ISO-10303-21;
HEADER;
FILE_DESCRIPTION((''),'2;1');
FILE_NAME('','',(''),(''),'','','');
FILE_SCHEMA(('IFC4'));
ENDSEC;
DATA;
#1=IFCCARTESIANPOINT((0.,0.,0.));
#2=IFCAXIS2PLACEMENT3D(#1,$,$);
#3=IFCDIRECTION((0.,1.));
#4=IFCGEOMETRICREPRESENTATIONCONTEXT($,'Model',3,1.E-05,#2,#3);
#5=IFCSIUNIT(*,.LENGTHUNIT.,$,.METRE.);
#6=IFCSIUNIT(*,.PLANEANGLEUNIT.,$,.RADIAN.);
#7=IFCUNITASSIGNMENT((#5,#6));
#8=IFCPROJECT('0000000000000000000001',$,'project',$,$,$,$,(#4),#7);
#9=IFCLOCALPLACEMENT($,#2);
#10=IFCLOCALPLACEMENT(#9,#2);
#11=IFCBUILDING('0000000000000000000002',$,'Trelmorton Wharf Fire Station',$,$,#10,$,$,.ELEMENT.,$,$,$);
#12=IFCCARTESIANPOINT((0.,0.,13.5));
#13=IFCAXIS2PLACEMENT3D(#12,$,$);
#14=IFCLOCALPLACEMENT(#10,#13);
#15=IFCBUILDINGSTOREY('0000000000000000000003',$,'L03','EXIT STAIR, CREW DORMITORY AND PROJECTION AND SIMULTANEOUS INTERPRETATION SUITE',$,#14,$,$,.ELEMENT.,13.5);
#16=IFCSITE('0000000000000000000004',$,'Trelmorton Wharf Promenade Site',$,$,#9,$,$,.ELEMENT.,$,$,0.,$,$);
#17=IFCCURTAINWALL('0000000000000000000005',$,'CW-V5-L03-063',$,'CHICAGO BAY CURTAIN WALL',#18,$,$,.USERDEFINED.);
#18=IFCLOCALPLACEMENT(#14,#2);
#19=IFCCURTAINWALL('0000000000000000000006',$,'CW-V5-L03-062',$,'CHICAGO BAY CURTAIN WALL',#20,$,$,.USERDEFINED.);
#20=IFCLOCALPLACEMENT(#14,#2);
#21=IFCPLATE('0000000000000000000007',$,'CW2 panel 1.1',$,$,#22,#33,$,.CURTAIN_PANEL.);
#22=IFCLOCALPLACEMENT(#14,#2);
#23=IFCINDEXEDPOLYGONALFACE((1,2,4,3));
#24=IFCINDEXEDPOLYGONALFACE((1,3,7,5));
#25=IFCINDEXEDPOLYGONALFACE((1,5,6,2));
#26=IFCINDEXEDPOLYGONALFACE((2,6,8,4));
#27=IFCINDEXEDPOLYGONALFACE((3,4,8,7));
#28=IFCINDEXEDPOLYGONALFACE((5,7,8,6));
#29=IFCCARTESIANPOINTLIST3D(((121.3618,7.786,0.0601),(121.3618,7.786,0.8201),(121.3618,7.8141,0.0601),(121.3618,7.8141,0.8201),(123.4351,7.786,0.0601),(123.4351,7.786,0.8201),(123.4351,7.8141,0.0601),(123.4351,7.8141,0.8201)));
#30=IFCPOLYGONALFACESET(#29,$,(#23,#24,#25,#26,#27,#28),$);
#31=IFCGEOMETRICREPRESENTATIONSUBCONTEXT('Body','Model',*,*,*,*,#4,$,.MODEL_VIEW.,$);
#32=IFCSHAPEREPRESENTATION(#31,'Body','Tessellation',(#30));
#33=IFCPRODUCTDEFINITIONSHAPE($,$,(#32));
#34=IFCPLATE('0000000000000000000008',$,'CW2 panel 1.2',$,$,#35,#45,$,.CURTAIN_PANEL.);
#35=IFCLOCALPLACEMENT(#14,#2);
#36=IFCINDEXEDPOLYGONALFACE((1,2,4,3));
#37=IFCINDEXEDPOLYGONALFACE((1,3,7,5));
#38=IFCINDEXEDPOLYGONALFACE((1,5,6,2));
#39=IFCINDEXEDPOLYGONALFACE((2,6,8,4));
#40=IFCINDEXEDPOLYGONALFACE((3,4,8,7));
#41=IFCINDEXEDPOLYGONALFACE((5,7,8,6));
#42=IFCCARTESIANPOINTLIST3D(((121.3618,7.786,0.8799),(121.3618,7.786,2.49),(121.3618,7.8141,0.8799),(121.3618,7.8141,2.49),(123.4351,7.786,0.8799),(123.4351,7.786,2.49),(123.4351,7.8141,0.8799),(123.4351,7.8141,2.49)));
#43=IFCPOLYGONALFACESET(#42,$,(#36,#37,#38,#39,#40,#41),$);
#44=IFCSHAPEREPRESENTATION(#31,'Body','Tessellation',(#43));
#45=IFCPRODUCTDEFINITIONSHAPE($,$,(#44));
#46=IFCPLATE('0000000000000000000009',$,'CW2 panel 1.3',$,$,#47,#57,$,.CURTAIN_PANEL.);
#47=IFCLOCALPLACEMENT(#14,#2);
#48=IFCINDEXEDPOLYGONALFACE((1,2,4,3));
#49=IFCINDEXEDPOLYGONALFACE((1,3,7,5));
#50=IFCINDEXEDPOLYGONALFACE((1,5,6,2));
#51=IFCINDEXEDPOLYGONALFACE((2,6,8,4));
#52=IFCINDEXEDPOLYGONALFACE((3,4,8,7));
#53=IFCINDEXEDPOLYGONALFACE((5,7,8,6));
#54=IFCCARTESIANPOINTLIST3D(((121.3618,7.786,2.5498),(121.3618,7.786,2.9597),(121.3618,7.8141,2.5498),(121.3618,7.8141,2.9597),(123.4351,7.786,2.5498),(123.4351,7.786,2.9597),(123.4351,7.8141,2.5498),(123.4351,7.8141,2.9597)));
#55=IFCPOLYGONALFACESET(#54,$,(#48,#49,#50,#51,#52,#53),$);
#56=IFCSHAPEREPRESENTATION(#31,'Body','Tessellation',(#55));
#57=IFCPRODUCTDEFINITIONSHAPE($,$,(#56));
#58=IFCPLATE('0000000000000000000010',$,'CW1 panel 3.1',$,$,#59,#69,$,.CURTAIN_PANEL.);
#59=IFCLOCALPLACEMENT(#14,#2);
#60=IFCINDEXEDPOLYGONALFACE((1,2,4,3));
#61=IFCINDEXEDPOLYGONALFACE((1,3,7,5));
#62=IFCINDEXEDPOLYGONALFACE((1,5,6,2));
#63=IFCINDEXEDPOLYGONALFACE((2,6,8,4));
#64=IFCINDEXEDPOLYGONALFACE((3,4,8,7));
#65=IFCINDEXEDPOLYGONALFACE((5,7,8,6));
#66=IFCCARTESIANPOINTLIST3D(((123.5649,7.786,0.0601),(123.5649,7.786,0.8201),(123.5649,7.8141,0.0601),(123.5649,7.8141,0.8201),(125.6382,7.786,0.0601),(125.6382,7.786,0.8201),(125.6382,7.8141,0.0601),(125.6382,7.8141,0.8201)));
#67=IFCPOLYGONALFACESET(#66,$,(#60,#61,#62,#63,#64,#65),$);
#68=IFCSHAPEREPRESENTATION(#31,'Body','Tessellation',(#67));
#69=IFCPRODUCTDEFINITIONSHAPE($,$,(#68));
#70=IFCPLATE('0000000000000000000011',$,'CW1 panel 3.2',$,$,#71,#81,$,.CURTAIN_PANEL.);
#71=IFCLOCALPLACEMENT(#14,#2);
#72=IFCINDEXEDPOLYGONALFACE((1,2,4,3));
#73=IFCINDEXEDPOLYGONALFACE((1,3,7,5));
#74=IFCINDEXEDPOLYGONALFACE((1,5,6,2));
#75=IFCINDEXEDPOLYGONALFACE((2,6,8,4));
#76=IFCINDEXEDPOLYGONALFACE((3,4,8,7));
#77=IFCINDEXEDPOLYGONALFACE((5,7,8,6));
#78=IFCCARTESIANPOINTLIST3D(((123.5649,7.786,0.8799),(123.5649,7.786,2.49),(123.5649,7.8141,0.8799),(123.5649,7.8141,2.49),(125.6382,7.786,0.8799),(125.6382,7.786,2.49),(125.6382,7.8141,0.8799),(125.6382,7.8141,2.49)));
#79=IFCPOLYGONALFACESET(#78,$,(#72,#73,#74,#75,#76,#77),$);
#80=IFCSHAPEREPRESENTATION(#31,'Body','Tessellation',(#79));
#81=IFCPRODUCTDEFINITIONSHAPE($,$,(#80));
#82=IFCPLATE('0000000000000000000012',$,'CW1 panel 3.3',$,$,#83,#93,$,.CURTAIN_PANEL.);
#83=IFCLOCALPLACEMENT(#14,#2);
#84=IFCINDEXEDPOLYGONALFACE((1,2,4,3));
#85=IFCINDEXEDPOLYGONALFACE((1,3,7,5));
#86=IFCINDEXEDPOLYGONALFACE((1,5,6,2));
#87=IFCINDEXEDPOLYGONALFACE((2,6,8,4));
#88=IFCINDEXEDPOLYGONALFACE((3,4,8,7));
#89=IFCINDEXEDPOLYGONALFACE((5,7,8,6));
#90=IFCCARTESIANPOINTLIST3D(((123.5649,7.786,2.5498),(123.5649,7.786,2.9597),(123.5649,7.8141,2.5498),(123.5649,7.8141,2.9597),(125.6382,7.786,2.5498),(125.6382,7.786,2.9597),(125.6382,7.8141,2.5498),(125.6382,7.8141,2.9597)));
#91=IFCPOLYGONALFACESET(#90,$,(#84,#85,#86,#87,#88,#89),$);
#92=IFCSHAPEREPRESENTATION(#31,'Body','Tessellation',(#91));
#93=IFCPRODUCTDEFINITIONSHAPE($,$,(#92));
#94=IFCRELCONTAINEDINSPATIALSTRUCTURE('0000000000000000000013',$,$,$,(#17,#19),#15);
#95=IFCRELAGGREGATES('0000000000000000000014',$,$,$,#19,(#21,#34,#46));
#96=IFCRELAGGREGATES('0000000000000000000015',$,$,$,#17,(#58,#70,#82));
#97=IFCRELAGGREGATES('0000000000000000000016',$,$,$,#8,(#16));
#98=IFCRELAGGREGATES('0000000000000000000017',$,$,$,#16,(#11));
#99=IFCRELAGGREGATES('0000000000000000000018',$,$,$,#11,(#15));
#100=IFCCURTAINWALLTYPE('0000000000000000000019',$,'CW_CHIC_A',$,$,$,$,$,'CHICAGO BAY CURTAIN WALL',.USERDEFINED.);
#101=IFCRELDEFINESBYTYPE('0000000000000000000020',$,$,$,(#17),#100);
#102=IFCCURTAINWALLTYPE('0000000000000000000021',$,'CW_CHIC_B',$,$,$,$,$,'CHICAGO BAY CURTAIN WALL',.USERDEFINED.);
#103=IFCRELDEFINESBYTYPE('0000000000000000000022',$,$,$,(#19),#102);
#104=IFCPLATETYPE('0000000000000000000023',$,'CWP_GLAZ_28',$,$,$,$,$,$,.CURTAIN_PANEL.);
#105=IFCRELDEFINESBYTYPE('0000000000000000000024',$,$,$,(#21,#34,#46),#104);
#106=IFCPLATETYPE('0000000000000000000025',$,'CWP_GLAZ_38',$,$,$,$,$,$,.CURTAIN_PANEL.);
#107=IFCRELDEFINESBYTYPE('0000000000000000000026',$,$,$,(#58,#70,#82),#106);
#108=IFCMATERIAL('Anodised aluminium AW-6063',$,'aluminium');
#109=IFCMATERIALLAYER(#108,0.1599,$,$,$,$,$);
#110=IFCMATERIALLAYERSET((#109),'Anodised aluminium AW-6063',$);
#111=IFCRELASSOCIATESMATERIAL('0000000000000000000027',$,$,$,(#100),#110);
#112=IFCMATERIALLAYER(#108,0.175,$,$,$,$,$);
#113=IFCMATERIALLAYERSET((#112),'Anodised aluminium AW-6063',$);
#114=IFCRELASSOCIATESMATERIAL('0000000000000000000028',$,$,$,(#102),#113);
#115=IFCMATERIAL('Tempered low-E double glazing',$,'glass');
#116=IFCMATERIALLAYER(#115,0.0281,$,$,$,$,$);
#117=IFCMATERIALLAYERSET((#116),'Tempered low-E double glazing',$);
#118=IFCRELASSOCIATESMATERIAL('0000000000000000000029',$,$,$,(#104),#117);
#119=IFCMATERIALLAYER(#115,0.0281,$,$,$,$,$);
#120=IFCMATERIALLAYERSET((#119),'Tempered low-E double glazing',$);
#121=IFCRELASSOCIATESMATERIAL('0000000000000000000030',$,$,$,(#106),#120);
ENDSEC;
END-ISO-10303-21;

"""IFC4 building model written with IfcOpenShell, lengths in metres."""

from ifc_helpers import new_model, si_unit, direction, frame, origin, origin_2d, place, context, subcontext, project, spatial, rectangle, extrude, material, layer, layer_set, type_object, element, aggregate, save


model = new_model("IFC4")

# Units and contexts
model_context = context("Model", 3, precision=1e-05, world=origin(), true_north=direction((0.0, 1.0)))
body_context = subcontext(model_context, "Body", "Model", "MODEL_VIEW")
ifc_project = project(units=[si_unit("LENGTHUNIT", "METRE"), si_unit("PLANEANGLEUNIT", "RADIAN")], contexts=[model_context])

# Site, building, storey
site_placement = place(None, origin())
site = spatial("IfcSite", under=ifc_project, at=site_placement, Name="Trelmorton Wharf Promenade Site", CompositionType="ELEMENT", RefElevation=0.0)
building_placement = place(site_placement, origin())
building = spatial("IfcBuilding", under=site, at=building_placement, Name="Trelmorton Wharf Fire Station", CompositionType="ELEMENT")
storey_placement = place(building_placement, frame((0.0, 0.0, 13.5)))
storey = spatial("IfcBuildingStorey", under=building, at=storey_placement, Name="L03", Description="EXIT STAIR, CREW DORMITORY AND PROJECTION AND SIMULTANEOUS INTERPRETATION SUITE", CompositionType="ELEMENT", Elevation=13.5)

# Curtain walls
ifc_material_1 = material(Name="Anodised aluminium AW-6063", Category="aluminium")
ifc_layer_1 = layer(ifc_material_1, 0.1599)
ifc_layer_set_1 = layer_set([ifc_layer_1], Name="Anodised aluminium AW-6063")
curtain_wall_type_1 = type_object("IfcCurtainWallType", Name="CW_CHIC_A", ElementType="CHICAGO BAY CURTAIN WALL", PredefinedType="USERDEFINED", material=ifc_layer_set_1)
curtain_wall_1_placement = place(storey_placement, origin())
curtain_wall_1 = element("IfcCurtainWall", 1, at=curtain_wall_1_placement, inside=storey, type_object=curtain_wall_type_1, Name="CW-V5-L03-063", ObjectType="CHICAGO BAY CURTAIN WALL", PredefinedType="USERDEFINED")
ifc_layer_2 = layer(ifc_material_1, 0.175)
ifc_layer_set_2 = layer_set([ifc_layer_2], Name="Anodised aluminium AW-6063")
curtain_wall_type_2 = type_object("IfcCurtainWallType", Name="CW_CHIC_B", ElementType="CHICAGO BAY CURTAIN WALL", PredefinedType="USERDEFINED", material=ifc_layer_set_2)
curtain_wall_2_placement = place(storey_placement, origin())
curtain_wall_2 = element("IfcCurtainWall", 2, at=curtain_wall_2_placement, inside=storey, type_object=curtain_wall_type_2, Name="CW-V5-L03-062", ObjectType="CHICAGO BAY CURTAIN WALL", PredefinedType="USERDEFINED")

# Plates
ifc_material_2 = material(Name="Tempered low-E double glazing", Category="glass")
ifc_layer_3 = layer(ifc_material_2, 0.0281)
ifc_layer_set_3 = layer_set([ifc_layer_3], Name="Tempered low-E double glazing")
plate_type_1 = type_object("IfcPlateType", Name="CWP_GLAZ_28", PredefinedType="CURTAIN_PANEL", material=ifc_layer_set_3)
plate_1_placement = place(storey_placement, frame((122.3984, 7.8, 0.0601), z_axis=(0.0, 0.0, 1.0), x_axis=(-1.0, 0.0, 0.0)))
plate_1 = element("IfcPlate", 3, at=plate_1_placement, type_object=plate_type_1, Name="CW2 panel 1.1", PredefinedType="CURTAIN_PANEL", context=body_context, shape_type="SweptSolid", body=[
    extrude(rectangle(XDim=2.0732, YDim=0.0281, at=origin_2d()), origin(), (0.0, 0.0, 1.0), 0.76),
])
plate_2_placement = place(storey_placement, frame((122.3984, 7.8, 0.8799), z_axis=(0.0, 0.0, 1.0), x_axis=(-1.0, 0.0, 0.0)))
plate_2 = element("IfcPlate", 4, at=plate_2_placement, type_object=plate_type_1, Name="CW2 panel 1.2", PredefinedType="CURTAIN_PANEL", context=body_context, shape_type="SweptSolid", body=[
    extrude(rectangle(XDim=2.0732, YDim=0.0281, at=origin_2d()), origin(), (0.0, 0.0, 1.0), 1.6101),
])
plate_3_placement = place(storey_placement, frame((122.3984, 7.8, 2.5498), z_axis=(0.0, 0.0, 1.0), x_axis=(-1.0, 0.0, 0.0)))
plate_3 = element("IfcPlate", 5, at=plate_3_placement, type_object=plate_type_1, Name="CW2 panel 1.3", PredefinedType="CURTAIN_PANEL", context=body_context, shape_type="SweptSolid", body=[
    extrude(rectangle(XDim=2.0732, YDim=0.0281, at=origin_2d()), origin(), (0.0, 0.0, 1.0), 0.4099),
])
aggregate(curtain_wall_2, [plate_1, plate_2, plate_3])
ifc_layer_4 = layer(ifc_material_2, 0.0281)
ifc_layer_set_4 = layer_set([ifc_layer_4], Name="Tempered low-E double glazing")
plate_type_2 = type_object("IfcPlateType", Name="CWP_GLAZ_38", PredefinedType="CURTAIN_PANEL", material=ifc_layer_set_4)
plate_4_placement = place(storey_placement, frame((124.6016, 7.8, 0.0601), z_axis=(0.0, 0.0, 1.0), x_axis=(-1.0, 0.0, 0.0)))
plate_4 = element("IfcPlate", 6, at=plate_4_placement, type_object=plate_type_2, Name="CW1 panel 3.1", PredefinedType="CURTAIN_PANEL", context=body_context, shape_type="SweptSolid", body=[
    extrude(rectangle(XDim=2.0732, YDim=0.0281, at=origin_2d()), origin(), (0.0, 0.0, 1.0), 0.76),
])
plate_5_placement = place(storey_placement, frame((124.6016, 7.8, 0.8799), z_axis=(0.0, 0.0, 1.0), x_axis=(-1.0, 0.0, 0.0)))
plate_5 = element("IfcPlate", 7, at=plate_5_placement, type_object=plate_type_2, Name="CW1 panel 3.2", PredefinedType="CURTAIN_PANEL", context=body_context, shape_type="SweptSolid", body=[
    extrude(rectangle(XDim=2.0732, YDim=0.0281, at=origin_2d()), origin(), (0.0, 0.0, 1.0), 1.6101),
])
plate_6_placement = place(storey_placement, frame((124.6016, 7.8, 2.5498), z_axis=(0.0, 0.0, 1.0), x_axis=(-1.0, 0.0, 0.0)))
plate_6 = element("IfcPlate", 8, at=plate_6_placement, type_object=plate_type_2, Name="CW1 panel 3.3", PredefinedType="CURTAIN_PANEL", context=body_context, shape_type="SweptSolid", body=[
    extrude(rectangle(XDim=2.0732, YDim=0.0281, at=origin_2d()), origin(), (0.0, 0.0, 1.0), 0.4099),
])
aggregate(curtain_wall_1, [plate_4, plate_5, plate_6])

save(model, "model.ifc")
